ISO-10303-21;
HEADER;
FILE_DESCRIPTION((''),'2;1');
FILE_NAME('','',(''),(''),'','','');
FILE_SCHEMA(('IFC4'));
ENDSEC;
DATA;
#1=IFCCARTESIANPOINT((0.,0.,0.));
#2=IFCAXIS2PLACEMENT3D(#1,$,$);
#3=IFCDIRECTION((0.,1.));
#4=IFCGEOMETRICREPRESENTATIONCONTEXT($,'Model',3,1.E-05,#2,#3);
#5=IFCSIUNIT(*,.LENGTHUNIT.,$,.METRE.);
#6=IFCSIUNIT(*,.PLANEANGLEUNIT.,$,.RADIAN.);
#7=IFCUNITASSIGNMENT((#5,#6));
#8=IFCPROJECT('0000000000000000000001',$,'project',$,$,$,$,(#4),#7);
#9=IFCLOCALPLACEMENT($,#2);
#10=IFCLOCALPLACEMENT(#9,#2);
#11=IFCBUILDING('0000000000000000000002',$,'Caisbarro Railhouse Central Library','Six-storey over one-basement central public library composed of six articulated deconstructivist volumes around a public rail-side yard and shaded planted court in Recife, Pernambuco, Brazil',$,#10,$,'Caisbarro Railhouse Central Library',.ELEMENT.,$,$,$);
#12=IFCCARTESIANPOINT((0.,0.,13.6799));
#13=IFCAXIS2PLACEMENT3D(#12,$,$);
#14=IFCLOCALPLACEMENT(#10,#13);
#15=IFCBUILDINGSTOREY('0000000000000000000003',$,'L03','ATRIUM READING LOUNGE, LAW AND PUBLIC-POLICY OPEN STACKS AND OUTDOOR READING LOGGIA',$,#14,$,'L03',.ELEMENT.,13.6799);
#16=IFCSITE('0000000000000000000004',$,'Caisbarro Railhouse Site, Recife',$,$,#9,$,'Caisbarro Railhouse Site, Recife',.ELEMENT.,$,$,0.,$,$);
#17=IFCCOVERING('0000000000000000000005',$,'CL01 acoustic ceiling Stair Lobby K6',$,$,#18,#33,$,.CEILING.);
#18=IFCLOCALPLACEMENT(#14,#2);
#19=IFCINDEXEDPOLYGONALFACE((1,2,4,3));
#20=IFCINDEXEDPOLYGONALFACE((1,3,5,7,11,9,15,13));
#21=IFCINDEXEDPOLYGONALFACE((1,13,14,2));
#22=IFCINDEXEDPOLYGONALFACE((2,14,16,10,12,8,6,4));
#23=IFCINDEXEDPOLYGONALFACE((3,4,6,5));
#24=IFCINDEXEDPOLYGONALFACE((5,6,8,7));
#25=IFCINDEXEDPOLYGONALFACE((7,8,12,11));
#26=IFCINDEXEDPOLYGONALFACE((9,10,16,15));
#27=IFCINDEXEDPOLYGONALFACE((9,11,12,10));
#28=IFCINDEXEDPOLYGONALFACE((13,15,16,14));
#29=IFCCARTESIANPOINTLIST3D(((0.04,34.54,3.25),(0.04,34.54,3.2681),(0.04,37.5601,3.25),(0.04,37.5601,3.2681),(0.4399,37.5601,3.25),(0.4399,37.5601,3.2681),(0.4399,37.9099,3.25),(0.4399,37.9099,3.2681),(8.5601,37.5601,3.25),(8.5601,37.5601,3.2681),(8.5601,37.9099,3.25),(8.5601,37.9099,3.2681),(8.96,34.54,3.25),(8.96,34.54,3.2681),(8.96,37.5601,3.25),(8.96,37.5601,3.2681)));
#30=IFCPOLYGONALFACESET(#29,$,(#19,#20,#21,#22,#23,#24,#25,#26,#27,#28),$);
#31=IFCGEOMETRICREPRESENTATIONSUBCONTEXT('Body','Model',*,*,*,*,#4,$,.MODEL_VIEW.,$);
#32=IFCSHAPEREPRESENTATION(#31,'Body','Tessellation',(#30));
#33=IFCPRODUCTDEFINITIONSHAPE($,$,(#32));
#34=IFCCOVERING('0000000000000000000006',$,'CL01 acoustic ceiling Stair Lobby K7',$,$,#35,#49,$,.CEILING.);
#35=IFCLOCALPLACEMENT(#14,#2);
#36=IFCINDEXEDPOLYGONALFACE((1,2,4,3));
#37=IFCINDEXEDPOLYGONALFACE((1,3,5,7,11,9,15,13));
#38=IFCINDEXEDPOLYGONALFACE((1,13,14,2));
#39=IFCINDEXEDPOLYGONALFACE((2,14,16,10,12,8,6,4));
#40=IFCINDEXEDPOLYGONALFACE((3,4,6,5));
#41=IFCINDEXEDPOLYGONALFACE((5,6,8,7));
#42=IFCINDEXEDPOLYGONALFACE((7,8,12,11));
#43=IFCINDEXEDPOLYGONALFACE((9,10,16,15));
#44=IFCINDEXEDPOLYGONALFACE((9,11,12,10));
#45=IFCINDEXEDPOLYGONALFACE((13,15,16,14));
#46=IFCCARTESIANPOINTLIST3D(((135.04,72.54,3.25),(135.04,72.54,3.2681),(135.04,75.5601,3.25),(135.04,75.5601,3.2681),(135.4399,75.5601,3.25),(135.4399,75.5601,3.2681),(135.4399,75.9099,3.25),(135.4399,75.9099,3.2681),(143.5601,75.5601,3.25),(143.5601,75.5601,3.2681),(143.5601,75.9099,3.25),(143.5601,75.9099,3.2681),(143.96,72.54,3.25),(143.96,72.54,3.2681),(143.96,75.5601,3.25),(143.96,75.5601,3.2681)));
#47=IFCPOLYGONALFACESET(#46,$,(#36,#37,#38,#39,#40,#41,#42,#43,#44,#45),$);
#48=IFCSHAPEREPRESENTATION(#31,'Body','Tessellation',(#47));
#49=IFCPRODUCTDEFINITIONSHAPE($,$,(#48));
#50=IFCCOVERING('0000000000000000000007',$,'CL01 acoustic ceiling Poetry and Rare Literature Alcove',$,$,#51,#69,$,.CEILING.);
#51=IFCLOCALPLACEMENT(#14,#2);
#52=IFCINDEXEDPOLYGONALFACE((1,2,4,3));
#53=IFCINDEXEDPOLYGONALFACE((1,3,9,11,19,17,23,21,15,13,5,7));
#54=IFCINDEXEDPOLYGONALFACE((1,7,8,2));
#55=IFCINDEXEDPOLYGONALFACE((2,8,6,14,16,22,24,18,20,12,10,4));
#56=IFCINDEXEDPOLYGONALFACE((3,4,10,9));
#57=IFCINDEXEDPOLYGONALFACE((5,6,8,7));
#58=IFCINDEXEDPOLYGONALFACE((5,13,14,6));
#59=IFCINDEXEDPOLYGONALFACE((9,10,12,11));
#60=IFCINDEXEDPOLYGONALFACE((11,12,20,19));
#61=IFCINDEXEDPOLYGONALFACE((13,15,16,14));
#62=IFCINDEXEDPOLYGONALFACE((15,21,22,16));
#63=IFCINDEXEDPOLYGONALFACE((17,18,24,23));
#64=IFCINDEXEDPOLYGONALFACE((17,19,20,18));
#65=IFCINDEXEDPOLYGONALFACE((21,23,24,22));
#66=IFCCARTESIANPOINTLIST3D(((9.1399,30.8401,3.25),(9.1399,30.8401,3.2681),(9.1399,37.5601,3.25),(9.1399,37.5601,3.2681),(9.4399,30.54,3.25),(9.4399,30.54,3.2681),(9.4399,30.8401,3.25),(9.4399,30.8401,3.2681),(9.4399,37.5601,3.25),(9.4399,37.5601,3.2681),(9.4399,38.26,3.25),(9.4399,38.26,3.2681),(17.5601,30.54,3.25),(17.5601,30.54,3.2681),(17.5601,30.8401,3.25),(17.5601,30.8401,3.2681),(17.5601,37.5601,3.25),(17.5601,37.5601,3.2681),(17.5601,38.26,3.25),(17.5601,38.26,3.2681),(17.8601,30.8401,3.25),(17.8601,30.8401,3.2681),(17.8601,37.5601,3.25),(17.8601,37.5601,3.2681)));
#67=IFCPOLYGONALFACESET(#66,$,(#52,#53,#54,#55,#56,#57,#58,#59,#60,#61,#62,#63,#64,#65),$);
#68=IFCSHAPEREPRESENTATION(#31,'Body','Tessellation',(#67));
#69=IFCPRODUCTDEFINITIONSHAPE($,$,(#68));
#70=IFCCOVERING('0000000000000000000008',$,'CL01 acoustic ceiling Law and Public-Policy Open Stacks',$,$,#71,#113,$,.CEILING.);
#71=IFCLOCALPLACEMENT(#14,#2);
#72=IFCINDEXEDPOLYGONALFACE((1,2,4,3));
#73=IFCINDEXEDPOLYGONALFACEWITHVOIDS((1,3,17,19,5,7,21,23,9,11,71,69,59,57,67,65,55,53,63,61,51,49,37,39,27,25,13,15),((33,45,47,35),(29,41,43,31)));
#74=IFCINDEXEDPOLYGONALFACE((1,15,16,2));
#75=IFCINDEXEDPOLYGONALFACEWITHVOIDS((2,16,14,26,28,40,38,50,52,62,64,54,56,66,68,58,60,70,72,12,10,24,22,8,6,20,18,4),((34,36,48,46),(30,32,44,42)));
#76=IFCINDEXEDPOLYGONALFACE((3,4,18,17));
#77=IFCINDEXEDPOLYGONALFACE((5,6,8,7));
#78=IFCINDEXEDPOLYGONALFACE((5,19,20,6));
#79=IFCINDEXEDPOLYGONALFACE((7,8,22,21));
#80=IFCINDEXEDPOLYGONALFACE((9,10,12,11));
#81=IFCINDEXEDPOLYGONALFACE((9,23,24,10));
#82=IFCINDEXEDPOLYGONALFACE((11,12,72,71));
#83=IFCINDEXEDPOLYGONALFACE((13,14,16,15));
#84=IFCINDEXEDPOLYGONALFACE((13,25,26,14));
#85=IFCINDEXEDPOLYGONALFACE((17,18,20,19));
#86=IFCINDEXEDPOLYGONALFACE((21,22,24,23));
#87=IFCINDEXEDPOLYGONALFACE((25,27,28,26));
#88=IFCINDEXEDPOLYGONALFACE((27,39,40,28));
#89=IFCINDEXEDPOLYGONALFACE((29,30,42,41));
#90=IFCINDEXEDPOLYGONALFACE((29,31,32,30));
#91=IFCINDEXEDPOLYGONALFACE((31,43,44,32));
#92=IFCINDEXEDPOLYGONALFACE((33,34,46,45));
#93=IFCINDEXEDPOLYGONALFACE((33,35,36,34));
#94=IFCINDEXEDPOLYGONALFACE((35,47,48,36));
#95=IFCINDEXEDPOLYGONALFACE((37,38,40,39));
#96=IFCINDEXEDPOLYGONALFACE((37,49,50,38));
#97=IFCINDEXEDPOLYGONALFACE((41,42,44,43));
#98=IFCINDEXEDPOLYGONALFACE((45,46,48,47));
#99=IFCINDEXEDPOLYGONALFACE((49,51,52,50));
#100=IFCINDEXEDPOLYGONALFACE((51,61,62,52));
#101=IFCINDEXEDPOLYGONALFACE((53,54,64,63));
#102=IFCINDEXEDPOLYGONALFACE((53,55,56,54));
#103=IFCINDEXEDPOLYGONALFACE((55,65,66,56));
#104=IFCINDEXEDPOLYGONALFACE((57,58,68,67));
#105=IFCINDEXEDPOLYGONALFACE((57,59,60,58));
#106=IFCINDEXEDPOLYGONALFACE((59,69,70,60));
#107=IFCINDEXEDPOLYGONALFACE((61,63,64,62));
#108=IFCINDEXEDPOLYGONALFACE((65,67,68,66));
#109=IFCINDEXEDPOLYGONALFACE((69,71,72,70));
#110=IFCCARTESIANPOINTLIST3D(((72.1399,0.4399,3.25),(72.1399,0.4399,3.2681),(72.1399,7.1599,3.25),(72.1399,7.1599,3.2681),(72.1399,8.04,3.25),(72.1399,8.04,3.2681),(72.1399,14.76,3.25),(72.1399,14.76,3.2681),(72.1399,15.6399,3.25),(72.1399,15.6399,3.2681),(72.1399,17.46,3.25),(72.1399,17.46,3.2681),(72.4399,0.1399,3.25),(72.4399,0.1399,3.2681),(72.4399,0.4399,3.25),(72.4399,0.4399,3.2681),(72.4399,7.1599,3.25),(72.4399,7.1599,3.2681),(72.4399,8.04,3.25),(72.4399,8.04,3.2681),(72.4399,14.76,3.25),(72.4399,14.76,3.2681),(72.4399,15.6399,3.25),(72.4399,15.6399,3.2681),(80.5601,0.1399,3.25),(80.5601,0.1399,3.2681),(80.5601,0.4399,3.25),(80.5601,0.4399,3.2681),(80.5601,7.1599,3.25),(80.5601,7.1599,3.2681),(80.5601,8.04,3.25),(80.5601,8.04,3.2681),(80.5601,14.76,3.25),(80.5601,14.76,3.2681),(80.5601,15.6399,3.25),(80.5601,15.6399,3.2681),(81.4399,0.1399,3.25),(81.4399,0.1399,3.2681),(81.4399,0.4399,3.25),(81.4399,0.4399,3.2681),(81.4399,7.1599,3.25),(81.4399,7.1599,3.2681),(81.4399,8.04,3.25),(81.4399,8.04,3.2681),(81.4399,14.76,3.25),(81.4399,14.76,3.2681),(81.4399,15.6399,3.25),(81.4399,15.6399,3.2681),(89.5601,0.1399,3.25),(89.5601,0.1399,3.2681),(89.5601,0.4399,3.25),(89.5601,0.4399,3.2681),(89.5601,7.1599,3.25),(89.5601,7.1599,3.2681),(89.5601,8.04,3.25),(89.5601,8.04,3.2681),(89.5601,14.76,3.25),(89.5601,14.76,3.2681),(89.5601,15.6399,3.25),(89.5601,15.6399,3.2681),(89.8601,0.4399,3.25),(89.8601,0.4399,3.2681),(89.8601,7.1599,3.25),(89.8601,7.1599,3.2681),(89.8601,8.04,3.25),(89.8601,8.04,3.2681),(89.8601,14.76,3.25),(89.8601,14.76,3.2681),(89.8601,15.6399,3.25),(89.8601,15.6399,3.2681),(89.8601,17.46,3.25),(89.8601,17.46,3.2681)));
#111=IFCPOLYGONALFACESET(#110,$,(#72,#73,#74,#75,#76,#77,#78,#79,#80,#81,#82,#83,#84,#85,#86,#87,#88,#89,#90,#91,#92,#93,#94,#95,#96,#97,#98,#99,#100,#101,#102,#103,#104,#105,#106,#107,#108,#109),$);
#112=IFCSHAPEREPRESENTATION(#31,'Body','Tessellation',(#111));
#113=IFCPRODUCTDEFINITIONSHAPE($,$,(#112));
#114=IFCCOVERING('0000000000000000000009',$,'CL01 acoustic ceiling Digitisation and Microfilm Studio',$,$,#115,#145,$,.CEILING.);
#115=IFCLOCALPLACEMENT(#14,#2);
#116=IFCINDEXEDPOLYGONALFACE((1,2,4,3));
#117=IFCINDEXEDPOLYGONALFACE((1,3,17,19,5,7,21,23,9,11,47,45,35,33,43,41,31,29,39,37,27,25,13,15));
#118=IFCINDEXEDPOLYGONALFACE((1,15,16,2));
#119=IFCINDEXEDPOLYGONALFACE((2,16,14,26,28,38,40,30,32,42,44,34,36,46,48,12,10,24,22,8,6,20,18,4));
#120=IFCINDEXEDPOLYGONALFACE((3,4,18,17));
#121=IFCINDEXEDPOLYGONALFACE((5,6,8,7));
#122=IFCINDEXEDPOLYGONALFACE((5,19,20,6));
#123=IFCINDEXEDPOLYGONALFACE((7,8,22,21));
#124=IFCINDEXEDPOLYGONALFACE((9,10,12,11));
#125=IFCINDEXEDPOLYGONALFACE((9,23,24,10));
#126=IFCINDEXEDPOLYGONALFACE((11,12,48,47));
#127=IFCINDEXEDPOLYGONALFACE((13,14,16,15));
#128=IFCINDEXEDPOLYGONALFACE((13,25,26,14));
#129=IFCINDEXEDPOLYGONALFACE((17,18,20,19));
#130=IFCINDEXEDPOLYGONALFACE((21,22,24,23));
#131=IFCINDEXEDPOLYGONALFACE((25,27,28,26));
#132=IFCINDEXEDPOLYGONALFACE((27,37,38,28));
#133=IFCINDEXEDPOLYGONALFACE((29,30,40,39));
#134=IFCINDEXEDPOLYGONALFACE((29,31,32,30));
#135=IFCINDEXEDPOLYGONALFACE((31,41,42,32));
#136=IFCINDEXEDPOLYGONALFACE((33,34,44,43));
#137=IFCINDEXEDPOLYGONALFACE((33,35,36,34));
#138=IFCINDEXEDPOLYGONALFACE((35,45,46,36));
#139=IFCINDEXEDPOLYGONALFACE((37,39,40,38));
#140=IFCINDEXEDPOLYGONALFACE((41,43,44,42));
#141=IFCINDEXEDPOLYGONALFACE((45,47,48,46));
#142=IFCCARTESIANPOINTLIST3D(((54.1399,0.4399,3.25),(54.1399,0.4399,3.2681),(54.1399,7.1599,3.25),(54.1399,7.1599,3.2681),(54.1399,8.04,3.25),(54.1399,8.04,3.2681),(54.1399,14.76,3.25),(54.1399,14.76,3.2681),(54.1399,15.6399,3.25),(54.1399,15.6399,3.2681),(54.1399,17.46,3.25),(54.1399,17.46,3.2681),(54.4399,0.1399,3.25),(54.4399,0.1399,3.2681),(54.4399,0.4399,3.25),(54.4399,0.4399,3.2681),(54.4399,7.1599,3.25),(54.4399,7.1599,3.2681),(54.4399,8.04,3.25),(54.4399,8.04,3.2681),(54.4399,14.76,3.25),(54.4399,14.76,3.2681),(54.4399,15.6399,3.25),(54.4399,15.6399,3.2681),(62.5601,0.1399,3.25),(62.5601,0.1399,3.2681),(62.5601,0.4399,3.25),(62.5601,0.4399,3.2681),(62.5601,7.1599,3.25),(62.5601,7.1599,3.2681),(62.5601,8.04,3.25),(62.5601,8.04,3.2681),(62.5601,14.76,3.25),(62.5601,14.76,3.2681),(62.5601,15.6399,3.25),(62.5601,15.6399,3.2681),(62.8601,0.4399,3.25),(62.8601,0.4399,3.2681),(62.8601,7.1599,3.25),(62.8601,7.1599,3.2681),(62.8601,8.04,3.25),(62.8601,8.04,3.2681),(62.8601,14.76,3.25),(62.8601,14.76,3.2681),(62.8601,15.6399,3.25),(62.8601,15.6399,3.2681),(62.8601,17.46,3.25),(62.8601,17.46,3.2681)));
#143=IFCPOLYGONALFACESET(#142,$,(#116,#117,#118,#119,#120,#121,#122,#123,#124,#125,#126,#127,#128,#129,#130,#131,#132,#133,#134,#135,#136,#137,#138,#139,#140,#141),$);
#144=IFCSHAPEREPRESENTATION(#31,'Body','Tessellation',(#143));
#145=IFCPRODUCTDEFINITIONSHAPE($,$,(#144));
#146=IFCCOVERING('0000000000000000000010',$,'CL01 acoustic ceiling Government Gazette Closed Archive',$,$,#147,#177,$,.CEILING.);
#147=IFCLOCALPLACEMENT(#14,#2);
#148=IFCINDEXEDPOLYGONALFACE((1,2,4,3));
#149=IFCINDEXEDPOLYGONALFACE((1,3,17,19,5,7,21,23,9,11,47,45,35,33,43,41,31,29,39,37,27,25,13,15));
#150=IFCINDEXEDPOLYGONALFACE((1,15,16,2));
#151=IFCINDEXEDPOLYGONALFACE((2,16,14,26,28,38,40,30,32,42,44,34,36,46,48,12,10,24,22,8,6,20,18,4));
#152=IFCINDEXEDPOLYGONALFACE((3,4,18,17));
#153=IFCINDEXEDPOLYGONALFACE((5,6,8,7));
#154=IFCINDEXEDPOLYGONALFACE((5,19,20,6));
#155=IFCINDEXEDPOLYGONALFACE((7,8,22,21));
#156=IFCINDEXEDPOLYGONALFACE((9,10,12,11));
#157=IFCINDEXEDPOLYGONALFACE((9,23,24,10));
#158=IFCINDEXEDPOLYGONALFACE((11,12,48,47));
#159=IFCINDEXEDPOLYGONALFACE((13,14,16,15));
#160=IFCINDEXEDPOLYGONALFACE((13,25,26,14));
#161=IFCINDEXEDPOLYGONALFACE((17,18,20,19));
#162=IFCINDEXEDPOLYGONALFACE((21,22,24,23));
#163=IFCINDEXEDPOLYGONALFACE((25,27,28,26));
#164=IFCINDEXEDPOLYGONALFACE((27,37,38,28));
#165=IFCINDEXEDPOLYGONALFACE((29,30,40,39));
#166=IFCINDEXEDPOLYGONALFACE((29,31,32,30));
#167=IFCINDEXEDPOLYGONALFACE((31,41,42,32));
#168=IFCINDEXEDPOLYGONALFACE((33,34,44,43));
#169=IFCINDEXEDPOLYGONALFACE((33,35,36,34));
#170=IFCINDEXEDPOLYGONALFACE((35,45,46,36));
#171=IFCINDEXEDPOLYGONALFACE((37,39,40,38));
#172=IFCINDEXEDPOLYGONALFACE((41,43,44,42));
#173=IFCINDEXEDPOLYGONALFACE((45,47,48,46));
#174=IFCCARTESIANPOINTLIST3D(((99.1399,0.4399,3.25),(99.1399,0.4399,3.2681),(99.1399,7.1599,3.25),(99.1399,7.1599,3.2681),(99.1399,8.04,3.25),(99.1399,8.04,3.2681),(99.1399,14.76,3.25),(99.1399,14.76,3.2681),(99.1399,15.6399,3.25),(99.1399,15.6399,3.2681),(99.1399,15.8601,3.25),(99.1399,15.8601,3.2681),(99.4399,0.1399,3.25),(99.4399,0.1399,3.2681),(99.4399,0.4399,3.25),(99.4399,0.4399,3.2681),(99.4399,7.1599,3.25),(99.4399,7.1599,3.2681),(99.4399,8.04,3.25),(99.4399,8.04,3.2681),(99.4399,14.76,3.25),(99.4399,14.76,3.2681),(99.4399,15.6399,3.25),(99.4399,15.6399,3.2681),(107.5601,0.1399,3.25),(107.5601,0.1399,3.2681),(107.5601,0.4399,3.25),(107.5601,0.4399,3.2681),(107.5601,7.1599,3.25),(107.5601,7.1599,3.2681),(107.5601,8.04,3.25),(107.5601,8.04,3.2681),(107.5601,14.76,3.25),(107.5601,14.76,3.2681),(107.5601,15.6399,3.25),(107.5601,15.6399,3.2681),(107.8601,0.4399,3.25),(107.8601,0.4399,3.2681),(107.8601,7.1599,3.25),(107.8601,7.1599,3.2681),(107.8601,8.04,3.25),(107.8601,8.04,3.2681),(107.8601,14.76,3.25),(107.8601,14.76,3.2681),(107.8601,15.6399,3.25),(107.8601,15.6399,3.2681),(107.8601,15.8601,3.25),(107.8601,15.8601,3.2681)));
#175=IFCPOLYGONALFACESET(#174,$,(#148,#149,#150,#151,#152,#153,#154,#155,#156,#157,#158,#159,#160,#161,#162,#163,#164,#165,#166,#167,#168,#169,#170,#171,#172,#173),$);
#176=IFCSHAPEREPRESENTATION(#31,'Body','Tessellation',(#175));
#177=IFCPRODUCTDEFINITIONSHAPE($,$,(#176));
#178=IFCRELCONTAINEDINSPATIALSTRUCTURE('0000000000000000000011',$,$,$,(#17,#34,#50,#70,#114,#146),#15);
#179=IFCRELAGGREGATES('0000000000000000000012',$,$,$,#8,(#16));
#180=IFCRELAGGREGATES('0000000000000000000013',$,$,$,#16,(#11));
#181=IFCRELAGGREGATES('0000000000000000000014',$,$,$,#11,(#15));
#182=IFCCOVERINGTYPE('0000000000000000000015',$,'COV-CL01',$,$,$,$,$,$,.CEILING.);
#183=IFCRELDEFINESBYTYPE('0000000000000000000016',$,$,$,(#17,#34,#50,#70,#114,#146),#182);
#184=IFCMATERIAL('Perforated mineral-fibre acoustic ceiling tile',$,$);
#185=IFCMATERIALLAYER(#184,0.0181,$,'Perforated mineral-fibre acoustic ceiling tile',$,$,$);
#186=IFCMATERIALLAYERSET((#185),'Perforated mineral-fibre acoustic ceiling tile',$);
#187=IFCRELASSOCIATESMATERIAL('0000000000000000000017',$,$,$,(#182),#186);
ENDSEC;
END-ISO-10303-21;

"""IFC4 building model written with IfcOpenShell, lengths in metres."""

from ifc_helpers import new_model, si_unit, direction, frame, origin, place, context, subcontext, project, spatial, polyline, outline, extrude, material, layer, layer_set, type_object, element, save


model = new_model("IFC4")

# Units and contexts
model_context = context("Model", 3, precision=1e-05, world=origin(), true_north=direction((0.0, 1.0)))
body_context = subcontext(model_context, "Body", "Model", "MODEL_VIEW")
ifc_project = project(units=[si_unit("LENGTHUNIT", "METRE"), si_unit("PLANEANGLEUNIT", "RADIAN")], contexts=[model_context])

# Site, building, storey
site_placement = place(None, origin())
site = spatial("IfcSite", under=ifc_project, at=site_placement, Name="Caisbarro Railhouse Site, Recife", LongName="Caisbarro Railhouse Site, Recife", CompositionType="ELEMENT", RefElevation=0.0)
building_placement = place(site_placement, origin())
building = spatial("IfcBuilding", under=site, at=building_placement, Name="Caisbarro Railhouse Central Library", Description="Six-storey over one-basement central public library composed of six articulated deconstructivist volumes around a public rail-side yard and shaded planted court in Recife, Pernambuco, Brazil", LongName="Caisbarro Railhouse Central Library", CompositionType="ELEMENT")
storey_placement = place(building_placement, frame((0.0, 0.0, 13.6799)))
storey = spatial("IfcBuildingStorey", under=building, at=storey_placement, Name="L03", Description="ATRIUM READING LOUNGE, LAW AND PUBLIC-POLICY OPEN STACKS AND OUTDOOR READING LOGGIA", LongName="L03", CompositionType="ELEMENT", Elevation=13.6799)

# Coverings
ifc_material_1 = material(Name="Perforated mineral-fibre acoustic ceiling tile")
ifc_layer_1 = layer(ifc_material_1, 0.0181, Name="Perforated mineral-fibre acoustic ceiling tile")
ifc_layer_set_1 = layer_set([ifc_layer_1], Name="Perforated mineral-fibre acoustic ceiling tile")
covering_type_1 = type_object("IfcCoveringType", Name="COV-CL01", PredefinedType="CEILING", material=ifc_layer_set_1)
covering_1_placement = place(storey_placement, frame((0.0, 0.0, 3.25)))
element("IfcCovering", 1, at=covering_1_placement, inside=storey, type_object=covering_type_1, Name="CL01 acoustic ceiling Stair Lobby K6", PredefinedType="CEILING", context=body_context, shape_type="SweptSolid", body=[
    extrude(outline(polyline([(0.4399, 37.5601), (0.4399, 37.9099), (8.5601, 37.9099), (8.5601, 37.5601), (8.96, 37.5601), (8.96, 34.54), (0.04, 34.54), (0.04, 37.5601), (0.4399, 37.5601)])), origin(), (0.0, 0.0, 1.0), 0.0181),
])
covering_2_placement = place(storey_placement, frame((0.0, 0.0, 3.25)))
element("IfcCovering", 2, at=covering_2_placement, inside=storey, type_object=covering_type_1, Name="CL01 acoustic ceiling Stair Lobby K7", PredefinedType="CEILING", context=body_context, shape_type="SweptSolid", body=[
    extrude(outline(polyline([(135.4399, 75.5601), (135.4399, 75.9099), (143.5601, 75.9099), (143.5601, 75.5601), (143.96, 75.5601), (143.96, 72.54), (135.04, 72.54), (135.04, 75.5601), (135.4399, 75.5601)])), origin(), (0.0, 0.0, 1.0), 0.0181),
])
covering_3_placement = place(storey_placement, frame((0.0, 0.0, 3.25)))
element("IfcCovering", 3, at=covering_3_placement, inside=storey, type_object=covering_type_1, Name="CL01 acoustic ceiling Poetry and Rare Literature Alcove", PredefinedType="CEILING", context=body_context, shape_type="SweptSolid", body=[
    extrude(outline(polyline([(17.5601, 30.8401), (17.5601, 30.54), (9.4399, 30.54), (9.4399, 30.8401), (9.1399, 30.8401), (9.1399, 37.5601), (9.4399, 37.5601), (9.4399, 38.26), (17.5601, 38.26), (17.5601, 37.5601), (17.8601, 37.5601), (17.8601, 30.8401), (17.5601, 30.8401)])), origin(), (0.0, 0.0, 1.0), 0.0181),
])
covering_4_placement = place(storey_placement, frame((0.0, 0.0, 3.25)))
element("IfcCovering", 4, at=covering_4_placement, inside=storey, type_object=covering_type_1, Name="CL01 acoustic ceiling Law and Public-Policy Open Stacks", PredefinedType="CEILING", context=body_context, shape_type="SweptSolid", body=[
    extrude(outline(polyline([(72.4399, 0.4399), (72.1399, 0.4399), (72.1399, 7.1599), (72.4399, 7.1599), (72.4399, 8.04), (72.1399, 8.04), (72.1399, 14.76), (72.4399, 14.76), (72.4399, 15.6399), (72.1399, 15.6399), (72.1399, 17.46), (89.8601, 17.46), (89.8601, 15.6399), (89.5601, 15.6399), (89.5601, 14.76), (89.8601, 14.76), (89.8601, 8.04), (89.5601, 8.04), (89.5601, 7.1599), (89.8601, 7.1599), (89.8601, 0.4399), (89.5601, 0.4399), (89.5601, 0.1399), (81.4399, 0.1399), (81.4399, 0.4399), (80.5601, 0.4399), (80.5601, 0.1399), (72.4399, 0.1399), (72.4399, 0.4399)]), holes=[polyline([(81.4399, 8.04), (80.5601, 8.04), (80.5601, 7.1599), (81.4399, 7.1599), (81.4399, 8.04)]), polyline([(81.4399, 14.76), (81.4399, 15.6399), (80.5601, 15.6399), (80.5601, 14.76), (81.4399, 14.76)])]), origin(), (0.0, 0.0, 1.0), 0.0181),
])
covering_5_placement = place(storey_placement, frame((0.0, 0.0, 3.25)))
element("IfcCovering", 5, at=covering_5_placement, inside=storey, type_object=covering_type_1, Name="CL01 acoustic ceiling Digitisation and Microfilm Studio", PredefinedType="CEILING", context=body_context, shape_type="SweptSolid", body=[
    extrude(outline(polyline([(54.1399, 0.4399), (54.1399, 7.1599), (54.4399, 7.1599), (54.4399, 8.04), (54.1399, 8.04), (54.1399, 14.76), (54.4399, 14.76), (54.4399, 15.6399), (54.1399, 15.6399), (54.1399, 17.46), (62.8601, 17.46), (62.8601, 15.6399), (62.5601, 15.6399), (62.5601, 14.76), (62.8601, 14.76), (62.8601, 8.04), (62.5601, 8.04), (62.5601, 7.1599), (62.8601, 7.1599), (62.8601, 0.4399), (62.5601, 0.4399), (62.5601, 0.1399), (54.4399, 0.1399), (54.4399, 0.4399), (54.1399, 0.4399)])), origin(), (0.0, 0.0, 1.0), 0.0181),
])
covering_6_placement = place(storey_placement, frame((0.0, 0.0, 3.25)))
element("IfcCovering", 6, at=covering_6_placement, inside=storey, type_object=covering_type_1, Name="CL01 acoustic ceiling Government Gazette Closed Archive", PredefinedType="CEILING", context=body_context, shape_type="SweptSolid", body=[
    extrude(outline(polyline([(99.1399, 0.4399), (99.1399, 7.1599), (99.4399, 7.1599), (99.4399, 8.04), (99.1399, 8.04), (99.1399, 14.76), (99.4399, 14.76), (99.4399, 15.6399), (99.1399, 15.6399), (99.1399, 15.8601), (107.8601, 15.8601), (107.8601, 15.6399), (107.5601, 15.6399), (107.5601, 14.76), (107.8601, 14.76), (107.8601, 8.04), (107.5601, 8.04), (107.5601, 7.1599), (107.8601, 7.1599), (107.8601, 0.4399), (107.5601, 0.4399), (107.5601, 0.1399), (99.4399, 0.1399), (99.4399, 0.4399), (99.1399, 0.4399)])), origin(), (0.0, 0.0, 1.0), 0.0181),
])

save(model, "model.ifc")
